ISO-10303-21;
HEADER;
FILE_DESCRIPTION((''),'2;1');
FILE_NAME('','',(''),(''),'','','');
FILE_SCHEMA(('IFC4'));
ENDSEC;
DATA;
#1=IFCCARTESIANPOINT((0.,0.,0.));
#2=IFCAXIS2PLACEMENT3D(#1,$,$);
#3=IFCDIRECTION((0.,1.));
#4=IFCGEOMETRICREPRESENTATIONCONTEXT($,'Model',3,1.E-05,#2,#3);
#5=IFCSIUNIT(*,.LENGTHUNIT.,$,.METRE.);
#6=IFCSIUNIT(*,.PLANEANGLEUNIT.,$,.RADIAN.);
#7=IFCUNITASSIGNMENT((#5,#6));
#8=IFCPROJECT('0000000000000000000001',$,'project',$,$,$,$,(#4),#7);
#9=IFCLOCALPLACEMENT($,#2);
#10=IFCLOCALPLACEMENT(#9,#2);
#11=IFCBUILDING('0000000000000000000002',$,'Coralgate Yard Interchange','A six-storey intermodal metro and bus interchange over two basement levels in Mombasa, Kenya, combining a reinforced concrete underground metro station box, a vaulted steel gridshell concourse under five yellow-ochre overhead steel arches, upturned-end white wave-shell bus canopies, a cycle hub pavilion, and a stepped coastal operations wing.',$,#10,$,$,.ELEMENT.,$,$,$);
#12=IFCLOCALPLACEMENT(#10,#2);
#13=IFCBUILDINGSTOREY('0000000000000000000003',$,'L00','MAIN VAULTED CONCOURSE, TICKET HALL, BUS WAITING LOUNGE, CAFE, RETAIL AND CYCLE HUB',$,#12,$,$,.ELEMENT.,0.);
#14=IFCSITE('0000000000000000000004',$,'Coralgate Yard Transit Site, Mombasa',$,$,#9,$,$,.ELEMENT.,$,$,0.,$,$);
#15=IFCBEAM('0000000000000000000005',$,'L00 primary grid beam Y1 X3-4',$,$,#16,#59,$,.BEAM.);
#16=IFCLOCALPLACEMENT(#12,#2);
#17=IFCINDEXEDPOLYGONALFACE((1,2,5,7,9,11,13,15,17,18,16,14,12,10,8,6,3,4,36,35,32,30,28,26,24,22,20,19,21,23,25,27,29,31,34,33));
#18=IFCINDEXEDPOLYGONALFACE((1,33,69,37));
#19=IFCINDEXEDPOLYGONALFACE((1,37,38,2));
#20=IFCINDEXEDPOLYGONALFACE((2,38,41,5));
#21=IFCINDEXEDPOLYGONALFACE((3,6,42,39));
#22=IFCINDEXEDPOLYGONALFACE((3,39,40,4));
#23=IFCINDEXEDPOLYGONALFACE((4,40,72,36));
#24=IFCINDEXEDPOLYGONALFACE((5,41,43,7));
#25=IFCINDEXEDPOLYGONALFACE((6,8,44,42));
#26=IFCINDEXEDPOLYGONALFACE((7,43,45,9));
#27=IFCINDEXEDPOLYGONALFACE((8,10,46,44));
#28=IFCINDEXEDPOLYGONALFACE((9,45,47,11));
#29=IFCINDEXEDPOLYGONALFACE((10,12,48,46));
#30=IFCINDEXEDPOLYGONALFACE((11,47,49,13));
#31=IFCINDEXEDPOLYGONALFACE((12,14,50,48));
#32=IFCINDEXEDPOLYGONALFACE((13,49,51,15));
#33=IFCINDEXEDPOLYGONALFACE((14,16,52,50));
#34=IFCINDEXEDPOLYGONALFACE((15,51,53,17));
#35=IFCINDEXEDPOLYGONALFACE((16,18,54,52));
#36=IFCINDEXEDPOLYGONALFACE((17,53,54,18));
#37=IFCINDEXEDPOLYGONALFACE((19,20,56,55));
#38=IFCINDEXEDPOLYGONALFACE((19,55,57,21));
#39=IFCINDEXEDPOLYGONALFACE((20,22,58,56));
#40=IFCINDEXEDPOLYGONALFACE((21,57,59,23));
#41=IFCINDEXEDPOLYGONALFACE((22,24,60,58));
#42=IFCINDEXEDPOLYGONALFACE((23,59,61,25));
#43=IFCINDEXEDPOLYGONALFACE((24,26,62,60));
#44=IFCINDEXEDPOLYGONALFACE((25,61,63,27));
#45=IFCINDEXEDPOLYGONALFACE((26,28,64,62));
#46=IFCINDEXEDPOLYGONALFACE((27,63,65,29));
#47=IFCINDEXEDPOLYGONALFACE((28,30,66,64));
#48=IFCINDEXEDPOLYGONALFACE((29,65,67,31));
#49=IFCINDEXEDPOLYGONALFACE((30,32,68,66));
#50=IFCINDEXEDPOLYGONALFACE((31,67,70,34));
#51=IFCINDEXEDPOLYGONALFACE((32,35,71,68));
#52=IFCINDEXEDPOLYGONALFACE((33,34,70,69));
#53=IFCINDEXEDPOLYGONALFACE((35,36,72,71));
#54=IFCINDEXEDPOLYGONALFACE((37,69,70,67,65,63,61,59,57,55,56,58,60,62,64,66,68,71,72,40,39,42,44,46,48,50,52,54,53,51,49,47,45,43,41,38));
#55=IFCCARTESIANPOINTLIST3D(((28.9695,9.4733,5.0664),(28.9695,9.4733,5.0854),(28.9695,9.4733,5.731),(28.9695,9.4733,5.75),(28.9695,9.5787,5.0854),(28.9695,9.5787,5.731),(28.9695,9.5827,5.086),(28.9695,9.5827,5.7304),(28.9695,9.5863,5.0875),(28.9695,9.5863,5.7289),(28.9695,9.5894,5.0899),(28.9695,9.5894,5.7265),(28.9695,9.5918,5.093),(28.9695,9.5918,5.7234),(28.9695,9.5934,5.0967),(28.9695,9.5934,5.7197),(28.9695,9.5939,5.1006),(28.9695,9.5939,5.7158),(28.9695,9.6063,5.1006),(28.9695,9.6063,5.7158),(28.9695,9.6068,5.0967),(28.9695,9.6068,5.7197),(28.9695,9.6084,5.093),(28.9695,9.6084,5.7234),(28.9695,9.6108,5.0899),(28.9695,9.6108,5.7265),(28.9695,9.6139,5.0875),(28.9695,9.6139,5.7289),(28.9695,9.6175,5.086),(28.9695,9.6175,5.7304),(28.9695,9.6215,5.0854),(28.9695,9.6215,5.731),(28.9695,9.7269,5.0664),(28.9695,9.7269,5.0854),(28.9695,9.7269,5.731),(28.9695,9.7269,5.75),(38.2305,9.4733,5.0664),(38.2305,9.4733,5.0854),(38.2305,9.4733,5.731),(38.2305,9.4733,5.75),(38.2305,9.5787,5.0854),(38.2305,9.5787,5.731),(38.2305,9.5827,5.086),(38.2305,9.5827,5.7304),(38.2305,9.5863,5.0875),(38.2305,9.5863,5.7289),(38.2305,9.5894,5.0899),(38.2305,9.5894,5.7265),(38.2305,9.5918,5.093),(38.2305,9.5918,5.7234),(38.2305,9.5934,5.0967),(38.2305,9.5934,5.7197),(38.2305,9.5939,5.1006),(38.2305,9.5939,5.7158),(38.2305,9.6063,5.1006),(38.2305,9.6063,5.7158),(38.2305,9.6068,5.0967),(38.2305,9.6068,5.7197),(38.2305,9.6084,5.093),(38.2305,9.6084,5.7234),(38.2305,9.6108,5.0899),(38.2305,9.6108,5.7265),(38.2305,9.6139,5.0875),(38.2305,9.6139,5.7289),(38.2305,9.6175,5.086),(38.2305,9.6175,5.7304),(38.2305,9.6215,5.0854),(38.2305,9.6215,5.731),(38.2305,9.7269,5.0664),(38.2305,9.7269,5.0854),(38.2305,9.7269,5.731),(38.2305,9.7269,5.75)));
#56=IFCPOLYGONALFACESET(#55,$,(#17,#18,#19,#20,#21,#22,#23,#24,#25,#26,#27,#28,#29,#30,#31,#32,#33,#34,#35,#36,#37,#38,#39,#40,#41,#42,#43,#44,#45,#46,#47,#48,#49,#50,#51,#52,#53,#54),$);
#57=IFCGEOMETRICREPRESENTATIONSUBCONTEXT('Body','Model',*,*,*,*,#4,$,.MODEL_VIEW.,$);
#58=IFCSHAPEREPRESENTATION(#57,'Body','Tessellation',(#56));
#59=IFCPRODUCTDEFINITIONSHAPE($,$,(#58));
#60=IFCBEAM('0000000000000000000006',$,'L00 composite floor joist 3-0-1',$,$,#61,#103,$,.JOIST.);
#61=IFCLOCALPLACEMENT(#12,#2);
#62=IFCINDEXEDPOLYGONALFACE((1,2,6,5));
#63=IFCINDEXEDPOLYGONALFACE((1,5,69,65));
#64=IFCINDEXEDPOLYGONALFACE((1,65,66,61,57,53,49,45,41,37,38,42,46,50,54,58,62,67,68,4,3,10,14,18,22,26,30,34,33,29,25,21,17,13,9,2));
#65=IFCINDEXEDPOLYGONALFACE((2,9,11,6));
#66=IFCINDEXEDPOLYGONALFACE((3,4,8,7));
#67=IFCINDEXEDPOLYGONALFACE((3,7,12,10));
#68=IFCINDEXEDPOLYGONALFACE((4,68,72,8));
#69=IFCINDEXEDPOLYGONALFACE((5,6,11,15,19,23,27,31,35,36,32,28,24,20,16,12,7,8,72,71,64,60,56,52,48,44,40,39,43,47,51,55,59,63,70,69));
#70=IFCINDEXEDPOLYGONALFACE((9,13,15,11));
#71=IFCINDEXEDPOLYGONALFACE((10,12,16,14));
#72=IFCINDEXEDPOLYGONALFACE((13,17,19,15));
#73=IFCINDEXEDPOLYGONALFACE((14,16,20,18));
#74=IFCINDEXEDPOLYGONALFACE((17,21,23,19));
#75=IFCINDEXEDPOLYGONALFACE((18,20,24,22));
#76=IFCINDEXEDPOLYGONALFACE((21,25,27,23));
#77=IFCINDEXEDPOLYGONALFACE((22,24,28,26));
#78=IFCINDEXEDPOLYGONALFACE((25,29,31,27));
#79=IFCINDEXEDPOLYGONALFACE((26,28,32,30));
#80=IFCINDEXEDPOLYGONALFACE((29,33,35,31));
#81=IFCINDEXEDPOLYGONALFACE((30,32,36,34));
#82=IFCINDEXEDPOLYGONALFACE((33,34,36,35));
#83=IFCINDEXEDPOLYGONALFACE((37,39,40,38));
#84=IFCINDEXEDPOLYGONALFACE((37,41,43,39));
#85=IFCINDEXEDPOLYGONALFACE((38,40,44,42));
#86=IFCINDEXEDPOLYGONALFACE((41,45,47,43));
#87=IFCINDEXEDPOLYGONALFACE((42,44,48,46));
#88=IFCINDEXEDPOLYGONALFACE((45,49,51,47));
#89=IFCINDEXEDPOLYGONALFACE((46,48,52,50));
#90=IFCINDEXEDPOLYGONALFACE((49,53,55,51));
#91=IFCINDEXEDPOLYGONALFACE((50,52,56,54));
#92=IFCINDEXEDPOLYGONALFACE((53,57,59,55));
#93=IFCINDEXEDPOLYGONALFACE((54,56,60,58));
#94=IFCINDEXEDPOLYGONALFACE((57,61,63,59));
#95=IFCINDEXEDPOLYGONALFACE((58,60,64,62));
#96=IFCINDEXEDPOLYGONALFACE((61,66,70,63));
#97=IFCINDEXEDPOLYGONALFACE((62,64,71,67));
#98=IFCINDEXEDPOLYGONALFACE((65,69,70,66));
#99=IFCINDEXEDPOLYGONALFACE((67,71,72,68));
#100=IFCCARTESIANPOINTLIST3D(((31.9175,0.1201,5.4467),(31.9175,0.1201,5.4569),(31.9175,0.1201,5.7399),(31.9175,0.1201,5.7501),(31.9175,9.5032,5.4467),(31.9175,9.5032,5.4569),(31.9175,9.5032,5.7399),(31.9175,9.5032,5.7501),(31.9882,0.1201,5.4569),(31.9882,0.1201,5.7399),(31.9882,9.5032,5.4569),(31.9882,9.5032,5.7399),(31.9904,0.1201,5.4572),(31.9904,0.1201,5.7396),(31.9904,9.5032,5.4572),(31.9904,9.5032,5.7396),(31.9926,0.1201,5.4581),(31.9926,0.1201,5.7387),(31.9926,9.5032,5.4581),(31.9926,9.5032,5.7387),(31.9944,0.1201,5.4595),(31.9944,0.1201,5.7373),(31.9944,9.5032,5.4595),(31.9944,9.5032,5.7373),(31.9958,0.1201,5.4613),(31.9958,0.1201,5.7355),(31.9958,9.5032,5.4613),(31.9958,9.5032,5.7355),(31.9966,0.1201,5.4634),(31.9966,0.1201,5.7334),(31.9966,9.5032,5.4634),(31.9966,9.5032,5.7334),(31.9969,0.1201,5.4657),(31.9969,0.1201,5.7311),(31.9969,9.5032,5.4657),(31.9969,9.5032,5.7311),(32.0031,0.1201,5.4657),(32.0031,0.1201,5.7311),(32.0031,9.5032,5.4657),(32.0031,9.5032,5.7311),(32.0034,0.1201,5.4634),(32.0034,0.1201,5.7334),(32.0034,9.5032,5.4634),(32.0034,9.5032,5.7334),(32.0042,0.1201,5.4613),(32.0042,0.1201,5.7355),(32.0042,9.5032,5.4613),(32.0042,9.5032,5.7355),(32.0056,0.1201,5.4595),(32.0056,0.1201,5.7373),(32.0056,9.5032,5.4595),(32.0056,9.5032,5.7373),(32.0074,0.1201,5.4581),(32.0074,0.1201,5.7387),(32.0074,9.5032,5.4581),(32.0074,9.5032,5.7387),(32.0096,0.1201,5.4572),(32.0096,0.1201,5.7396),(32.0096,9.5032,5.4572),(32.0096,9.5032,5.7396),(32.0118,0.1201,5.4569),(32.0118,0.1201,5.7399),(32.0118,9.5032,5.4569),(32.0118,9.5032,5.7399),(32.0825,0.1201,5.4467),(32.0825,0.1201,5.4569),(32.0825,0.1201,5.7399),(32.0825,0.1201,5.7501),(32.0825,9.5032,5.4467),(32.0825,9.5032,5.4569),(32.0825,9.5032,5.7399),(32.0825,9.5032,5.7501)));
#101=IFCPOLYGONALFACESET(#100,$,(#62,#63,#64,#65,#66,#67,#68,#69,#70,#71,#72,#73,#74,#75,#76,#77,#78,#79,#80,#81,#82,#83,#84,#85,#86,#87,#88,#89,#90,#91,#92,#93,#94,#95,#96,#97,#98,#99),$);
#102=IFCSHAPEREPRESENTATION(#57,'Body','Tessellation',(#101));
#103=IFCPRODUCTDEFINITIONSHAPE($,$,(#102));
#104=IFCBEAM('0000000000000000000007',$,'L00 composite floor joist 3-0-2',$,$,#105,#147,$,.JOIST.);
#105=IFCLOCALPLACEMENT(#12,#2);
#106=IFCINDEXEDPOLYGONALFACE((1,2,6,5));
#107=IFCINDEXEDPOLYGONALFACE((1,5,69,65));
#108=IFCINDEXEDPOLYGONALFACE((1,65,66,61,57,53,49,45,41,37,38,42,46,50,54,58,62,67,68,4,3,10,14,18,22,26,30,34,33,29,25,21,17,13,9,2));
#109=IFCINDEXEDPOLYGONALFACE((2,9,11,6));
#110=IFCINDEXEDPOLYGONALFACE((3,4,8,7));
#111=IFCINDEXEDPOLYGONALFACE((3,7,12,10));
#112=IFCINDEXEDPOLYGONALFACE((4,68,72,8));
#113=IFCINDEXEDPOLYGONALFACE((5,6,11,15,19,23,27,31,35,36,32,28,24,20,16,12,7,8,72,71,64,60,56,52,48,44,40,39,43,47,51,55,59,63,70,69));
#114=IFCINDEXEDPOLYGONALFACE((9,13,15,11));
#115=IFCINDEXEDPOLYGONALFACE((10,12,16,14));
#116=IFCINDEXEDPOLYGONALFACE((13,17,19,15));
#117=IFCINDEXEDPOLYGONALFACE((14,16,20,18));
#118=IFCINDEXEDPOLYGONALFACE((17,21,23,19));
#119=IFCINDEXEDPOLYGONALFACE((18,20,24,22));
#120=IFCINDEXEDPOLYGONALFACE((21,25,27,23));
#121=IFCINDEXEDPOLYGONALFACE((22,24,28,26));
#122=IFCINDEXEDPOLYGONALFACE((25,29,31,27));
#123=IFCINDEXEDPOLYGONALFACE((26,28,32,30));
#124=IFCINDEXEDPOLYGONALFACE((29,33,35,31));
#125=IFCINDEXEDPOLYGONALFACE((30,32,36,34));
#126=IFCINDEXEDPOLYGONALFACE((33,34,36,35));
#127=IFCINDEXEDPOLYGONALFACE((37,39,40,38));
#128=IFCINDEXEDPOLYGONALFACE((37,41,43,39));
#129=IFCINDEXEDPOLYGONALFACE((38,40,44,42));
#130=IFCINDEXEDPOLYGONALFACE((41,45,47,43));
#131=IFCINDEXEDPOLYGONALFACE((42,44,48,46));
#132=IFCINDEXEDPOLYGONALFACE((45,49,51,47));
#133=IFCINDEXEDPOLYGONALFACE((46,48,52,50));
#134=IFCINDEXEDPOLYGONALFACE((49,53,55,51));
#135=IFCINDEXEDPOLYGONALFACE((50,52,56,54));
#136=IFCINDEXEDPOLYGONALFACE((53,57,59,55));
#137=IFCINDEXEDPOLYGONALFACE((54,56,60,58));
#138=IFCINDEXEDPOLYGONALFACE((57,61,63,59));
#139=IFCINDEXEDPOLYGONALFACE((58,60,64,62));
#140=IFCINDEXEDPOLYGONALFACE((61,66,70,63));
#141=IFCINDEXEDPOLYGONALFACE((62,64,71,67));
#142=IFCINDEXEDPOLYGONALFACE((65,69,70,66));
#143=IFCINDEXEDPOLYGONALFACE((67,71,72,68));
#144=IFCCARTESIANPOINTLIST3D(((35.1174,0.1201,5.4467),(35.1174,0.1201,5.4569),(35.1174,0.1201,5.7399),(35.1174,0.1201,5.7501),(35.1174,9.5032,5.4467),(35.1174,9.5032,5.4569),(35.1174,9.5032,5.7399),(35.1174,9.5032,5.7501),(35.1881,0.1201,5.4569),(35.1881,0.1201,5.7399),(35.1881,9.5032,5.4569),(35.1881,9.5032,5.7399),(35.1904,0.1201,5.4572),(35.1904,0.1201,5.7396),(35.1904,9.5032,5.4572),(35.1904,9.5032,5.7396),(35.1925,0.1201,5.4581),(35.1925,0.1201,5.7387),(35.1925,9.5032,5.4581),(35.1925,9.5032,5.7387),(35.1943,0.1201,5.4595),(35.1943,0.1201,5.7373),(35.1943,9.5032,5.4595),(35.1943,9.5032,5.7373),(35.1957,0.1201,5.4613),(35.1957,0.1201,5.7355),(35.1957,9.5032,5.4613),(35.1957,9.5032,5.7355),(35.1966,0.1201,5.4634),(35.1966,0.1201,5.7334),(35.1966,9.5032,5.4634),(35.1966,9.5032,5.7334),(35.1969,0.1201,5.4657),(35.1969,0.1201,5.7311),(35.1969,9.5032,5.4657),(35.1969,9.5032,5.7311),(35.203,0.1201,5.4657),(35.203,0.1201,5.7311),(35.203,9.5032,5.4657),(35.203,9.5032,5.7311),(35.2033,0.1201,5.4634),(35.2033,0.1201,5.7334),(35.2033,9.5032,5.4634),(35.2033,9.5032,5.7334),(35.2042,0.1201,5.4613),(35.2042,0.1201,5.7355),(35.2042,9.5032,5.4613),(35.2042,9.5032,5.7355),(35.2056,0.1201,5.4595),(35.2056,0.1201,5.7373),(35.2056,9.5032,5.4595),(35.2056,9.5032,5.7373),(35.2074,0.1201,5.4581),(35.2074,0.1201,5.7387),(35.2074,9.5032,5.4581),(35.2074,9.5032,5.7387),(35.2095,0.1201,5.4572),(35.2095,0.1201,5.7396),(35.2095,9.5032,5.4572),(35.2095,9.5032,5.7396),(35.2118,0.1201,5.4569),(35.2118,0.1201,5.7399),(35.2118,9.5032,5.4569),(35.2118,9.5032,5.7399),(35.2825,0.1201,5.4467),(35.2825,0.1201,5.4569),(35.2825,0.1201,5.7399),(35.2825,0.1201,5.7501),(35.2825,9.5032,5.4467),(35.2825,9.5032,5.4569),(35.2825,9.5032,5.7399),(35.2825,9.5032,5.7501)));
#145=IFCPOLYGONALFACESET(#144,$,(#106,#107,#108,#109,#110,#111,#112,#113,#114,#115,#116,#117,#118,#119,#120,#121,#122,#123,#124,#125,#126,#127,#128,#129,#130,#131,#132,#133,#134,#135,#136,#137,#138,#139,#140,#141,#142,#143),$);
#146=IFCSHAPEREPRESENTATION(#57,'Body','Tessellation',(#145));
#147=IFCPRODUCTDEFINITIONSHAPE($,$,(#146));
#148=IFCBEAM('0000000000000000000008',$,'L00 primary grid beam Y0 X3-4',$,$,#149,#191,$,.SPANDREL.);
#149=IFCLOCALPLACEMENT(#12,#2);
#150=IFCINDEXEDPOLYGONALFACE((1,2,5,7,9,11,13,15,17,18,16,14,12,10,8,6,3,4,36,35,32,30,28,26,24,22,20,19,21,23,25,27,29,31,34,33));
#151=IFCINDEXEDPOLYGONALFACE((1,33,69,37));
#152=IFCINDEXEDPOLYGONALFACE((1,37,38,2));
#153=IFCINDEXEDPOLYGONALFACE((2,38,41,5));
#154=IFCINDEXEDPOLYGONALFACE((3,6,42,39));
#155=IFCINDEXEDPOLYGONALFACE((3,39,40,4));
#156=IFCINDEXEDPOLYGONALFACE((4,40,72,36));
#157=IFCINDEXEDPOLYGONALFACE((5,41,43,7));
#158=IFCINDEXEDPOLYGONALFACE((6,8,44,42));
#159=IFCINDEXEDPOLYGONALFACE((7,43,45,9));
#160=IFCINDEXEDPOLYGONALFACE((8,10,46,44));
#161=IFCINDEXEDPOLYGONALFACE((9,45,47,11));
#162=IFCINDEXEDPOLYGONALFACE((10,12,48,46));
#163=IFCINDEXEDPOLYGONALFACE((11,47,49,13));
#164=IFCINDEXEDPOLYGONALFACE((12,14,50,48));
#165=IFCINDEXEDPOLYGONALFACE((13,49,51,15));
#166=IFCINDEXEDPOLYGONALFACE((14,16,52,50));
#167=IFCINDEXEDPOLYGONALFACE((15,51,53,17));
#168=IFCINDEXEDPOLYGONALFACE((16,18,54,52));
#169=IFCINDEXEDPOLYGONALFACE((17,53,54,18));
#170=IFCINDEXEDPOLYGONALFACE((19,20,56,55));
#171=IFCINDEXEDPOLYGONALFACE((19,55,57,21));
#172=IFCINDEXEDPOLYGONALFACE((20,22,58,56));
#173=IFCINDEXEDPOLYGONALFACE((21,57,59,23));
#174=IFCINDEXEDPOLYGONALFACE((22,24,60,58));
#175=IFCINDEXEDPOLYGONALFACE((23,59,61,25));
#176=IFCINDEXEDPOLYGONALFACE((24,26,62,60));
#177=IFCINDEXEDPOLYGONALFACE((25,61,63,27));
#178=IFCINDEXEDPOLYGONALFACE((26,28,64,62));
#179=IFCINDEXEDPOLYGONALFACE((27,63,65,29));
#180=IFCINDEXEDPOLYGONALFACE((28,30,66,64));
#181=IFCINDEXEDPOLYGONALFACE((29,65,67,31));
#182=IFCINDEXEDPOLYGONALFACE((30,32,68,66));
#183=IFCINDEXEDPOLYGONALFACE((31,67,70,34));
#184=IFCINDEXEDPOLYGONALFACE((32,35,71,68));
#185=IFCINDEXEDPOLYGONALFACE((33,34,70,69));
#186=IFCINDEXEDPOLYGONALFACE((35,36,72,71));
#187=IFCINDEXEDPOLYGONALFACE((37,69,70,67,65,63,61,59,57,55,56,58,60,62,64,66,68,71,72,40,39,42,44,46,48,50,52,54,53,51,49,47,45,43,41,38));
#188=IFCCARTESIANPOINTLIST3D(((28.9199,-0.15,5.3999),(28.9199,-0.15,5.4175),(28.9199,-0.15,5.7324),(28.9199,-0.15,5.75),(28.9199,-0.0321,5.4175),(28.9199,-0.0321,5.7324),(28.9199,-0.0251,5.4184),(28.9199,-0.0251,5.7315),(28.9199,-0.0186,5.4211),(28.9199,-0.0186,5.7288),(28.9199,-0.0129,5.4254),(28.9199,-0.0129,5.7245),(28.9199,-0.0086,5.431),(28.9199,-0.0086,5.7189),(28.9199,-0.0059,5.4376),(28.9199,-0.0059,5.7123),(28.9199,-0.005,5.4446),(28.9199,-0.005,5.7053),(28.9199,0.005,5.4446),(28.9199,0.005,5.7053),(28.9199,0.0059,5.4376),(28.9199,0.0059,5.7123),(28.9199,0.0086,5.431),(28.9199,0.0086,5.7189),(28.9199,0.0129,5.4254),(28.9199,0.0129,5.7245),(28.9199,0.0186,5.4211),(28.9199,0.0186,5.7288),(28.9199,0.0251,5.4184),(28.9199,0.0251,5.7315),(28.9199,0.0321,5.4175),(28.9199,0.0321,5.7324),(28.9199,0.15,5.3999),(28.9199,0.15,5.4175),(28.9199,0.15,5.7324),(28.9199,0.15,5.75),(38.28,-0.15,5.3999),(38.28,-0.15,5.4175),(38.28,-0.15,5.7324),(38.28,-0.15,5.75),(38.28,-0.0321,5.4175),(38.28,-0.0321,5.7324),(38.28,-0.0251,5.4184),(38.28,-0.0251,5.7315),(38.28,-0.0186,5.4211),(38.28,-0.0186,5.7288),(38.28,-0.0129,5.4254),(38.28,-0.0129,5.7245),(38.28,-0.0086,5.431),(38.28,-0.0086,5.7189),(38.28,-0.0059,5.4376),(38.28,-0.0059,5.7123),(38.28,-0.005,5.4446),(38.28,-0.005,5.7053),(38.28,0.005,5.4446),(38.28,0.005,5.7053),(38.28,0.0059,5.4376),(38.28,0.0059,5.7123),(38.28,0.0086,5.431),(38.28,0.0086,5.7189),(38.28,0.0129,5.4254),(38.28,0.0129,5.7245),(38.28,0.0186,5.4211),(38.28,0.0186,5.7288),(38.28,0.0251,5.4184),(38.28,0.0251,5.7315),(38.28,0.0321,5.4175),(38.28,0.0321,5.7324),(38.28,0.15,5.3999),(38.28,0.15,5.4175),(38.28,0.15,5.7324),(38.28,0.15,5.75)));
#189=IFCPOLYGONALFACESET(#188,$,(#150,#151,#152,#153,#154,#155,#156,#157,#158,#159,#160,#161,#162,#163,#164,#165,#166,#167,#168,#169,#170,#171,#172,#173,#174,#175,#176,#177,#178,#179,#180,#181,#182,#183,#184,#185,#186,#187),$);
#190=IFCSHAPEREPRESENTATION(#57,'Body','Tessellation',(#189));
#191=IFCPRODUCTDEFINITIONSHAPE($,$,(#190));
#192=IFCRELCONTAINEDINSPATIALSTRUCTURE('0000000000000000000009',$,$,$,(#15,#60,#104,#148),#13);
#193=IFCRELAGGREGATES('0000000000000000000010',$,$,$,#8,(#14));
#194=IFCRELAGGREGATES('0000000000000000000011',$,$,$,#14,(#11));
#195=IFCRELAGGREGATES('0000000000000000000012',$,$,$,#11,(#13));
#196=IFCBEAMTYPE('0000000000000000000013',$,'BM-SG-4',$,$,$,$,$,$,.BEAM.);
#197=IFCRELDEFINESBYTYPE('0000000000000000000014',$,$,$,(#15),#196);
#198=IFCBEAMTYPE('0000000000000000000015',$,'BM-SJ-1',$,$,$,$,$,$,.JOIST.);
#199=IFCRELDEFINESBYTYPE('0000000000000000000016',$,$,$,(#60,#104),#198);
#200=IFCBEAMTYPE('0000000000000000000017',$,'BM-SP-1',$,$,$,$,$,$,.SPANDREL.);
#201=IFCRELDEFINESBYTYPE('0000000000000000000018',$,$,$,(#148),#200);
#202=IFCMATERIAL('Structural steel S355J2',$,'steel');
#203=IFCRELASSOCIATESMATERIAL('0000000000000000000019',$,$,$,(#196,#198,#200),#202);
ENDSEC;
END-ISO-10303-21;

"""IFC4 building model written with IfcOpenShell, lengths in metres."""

from ifc_helpers import new_model, si_unit, direction, frame, origin, origin_2d, place, context, subcontext, project, spatial, i_section, extrude, material, material_profile, profile_set, type_object, element, save


model = new_model("IFC4")

# Units and contexts
model_context = context("Model", 3, precision=1e-05, world=origin(), true_north=direction((0.0, 1.0)))
body_context = subcontext(model_context, "Body", "Model", "MODEL_VIEW")
ifc_project = project(units=[si_unit("LENGTHUNIT", "METRE"), si_unit("PLANEANGLEUNIT", "RADIAN")], contexts=[model_context])

# Site, building, storey
site_placement = place(None, origin())
site = spatial("IfcSite", under=ifc_project, at=site_placement, Name="Coralgate Yard Transit Site, Mombasa", CompositionType="ELEMENT", RefElevation=0.0)
building_placement = place(site_placement, origin())
building = spatial("IfcBuilding", under=site, at=building_placement, Name="Coralgate Yard Interchange", Description="A six-storey intermodal metro and bus interchange over two basement levels in Mombasa, Kenya, combining a reinforced concrete underground metro station box, a vaulted steel gridshell concourse under five yellow-ochre overhead steel arches, upturned-end white wave-shell bus canopies, a cycle hub pavilion, and a stepped coastal operations wing.", CompositionType="ELEMENT")
storey_placement = place(building_placement, origin())
storey = spatial("IfcBuildingStorey", under=building, at=storey_placement, Name="L00", Description="MAIN VAULTED CONCOURSE, TICKET HALL, BUS WAITING LOUNGE, CAFE, RETAIL AND CYCLE HUB", CompositionType="ELEMENT", Elevation=0.0)

# Shared definitions
ifc_material_1 = material(Name="Structural steel S355J2", Category="steel")

# Beams
ifc_material_profile_1 = material_profile(ifc_material_1, i_section(OverallWidth=0.2537, OverallDepth=0.6836, WebThickness=0.0125, FlangeThickness=0.019, FilletRadius=0.0151, at=origin_2d()), Name="UB 686x254x140")
ifc_profile_set_1 = profile_set([ifc_material_profile_1], Name="Structural steel S355J2")
beam_type_1 = type_object("IfcBeamType", Name="BM-SG-4", PredefinedType="BEAM", material=ifc_profile_set_1)
beam_1_placement = place(storey_placement, frame((28.9695, 9.6001, 5.4082), z_axis=(1.0, 0.0, 0.0), x_axis=(0.0, 1.0, 0.0)))
element("IfcBeam", 1, at=beam_1_placement, inside=storey, type_object=beam_type_1, Name="L00 primary grid beam Y1 X3-4", PredefinedType="BEAM", context=body_context, shape_type="SweptSolid", body=[
    extrude(i_section(OverallWidth=0.2537, OverallDepth=0.6836, WebThickness=0.0125, FlangeThickness=0.019, FilletRadius=0.0151, at=origin_2d()), origin(), (0.0, 0.0, 1.0), 9.261),
])
ifc_material_profile_2 = material_profile(ifc_material_1, i_section(OverallWidth=0.165, OverallDepth=0.3035, WebThickness=0.0061, FlangeThickness=0.0103, FilletRadius=0.0088, at=origin_2d()), Name="UB 305x165x40")
ifc_profile_set_2 = profile_set([ifc_material_profile_2], Name="Structural steel S355J2")
beam_type_2 = type_object("IfcBeamType", Name="BM-SJ-1", PredefinedType="JOIST", material=ifc_profile_set_2)
for number, where, z_axis, x_axis, name in (
    (2, (32.0, 0.1201, 5.5984), (0.0, 1.0, 0.0), (-1.0, 0.0, 0.0), "L00 composite floor joist 3-0-1"),
    (3, (35.2, 0.1201, 5.5984), (0.0, 1.0, 0.0), (-1.0, 0.0, 0.0), "L00 composite floor joist 3-0-2"),
):
    element("IfcBeam", number, at=place(storey_placement, frame(where, z_axis=z_axis, x_axis=x_axis)), inside=storey, type_object=beam_type_2, Name=name, PredefinedType="JOIST", context=body_context, shape_type="SweptSolid", body=[
        extrude(i_section(OverallWidth=0.165, OverallDepth=0.3035, WebThickness=0.0061, FlangeThickness=0.0103, FilletRadius=0.0088, at=origin_2d()), origin(), (0.0, 0.0, 1.0), 9.3831),
    ])
ifc_material_profile_3 = material_profile(ifc_material_1, i_section(OverallWidth=0.3, OverallDepth=0.3501, WebThickness=0.01, FlangeThickness=0.0176, FilletRadius=0.0271, at=origin_2d()), Name="HEA 360")
ifc_profile_set_3 = profile_set([ifc_material_profile_3], Name="Structural steel S355J2")
beam_type_3 = type_object("IfcBeamType", Name="BM-SP-1", PredefinedType="SPANDREL", material=ifc_profile_set_3)
beam_2_placement = place(storey_placement, frame((28.9199, 0.0, 5.575), z_axis=(1.0, 0.0, 0.0), x_axis=(0.0, 1.0, 0.0)))
element("IfcBeam", 4, at=beam_2_placement, inside=storey, type_object=beam_type_3, Name="L00 primary grid beam Y0 X3-4", PredefinedType="SPANDREL", context=body_context, shape_type="SweptSolid", body=[
    extrude(i_section(OverallWidth=0.3, OverallDepth=0.3501, WebThickness=0.01, FlangeThickness=0.0176, FilletRadius=0.0271, at=origin_2d()), origin(), (0.0, 0.0, 1.0), 9.3601),
])

save(model, "model.ifc")
